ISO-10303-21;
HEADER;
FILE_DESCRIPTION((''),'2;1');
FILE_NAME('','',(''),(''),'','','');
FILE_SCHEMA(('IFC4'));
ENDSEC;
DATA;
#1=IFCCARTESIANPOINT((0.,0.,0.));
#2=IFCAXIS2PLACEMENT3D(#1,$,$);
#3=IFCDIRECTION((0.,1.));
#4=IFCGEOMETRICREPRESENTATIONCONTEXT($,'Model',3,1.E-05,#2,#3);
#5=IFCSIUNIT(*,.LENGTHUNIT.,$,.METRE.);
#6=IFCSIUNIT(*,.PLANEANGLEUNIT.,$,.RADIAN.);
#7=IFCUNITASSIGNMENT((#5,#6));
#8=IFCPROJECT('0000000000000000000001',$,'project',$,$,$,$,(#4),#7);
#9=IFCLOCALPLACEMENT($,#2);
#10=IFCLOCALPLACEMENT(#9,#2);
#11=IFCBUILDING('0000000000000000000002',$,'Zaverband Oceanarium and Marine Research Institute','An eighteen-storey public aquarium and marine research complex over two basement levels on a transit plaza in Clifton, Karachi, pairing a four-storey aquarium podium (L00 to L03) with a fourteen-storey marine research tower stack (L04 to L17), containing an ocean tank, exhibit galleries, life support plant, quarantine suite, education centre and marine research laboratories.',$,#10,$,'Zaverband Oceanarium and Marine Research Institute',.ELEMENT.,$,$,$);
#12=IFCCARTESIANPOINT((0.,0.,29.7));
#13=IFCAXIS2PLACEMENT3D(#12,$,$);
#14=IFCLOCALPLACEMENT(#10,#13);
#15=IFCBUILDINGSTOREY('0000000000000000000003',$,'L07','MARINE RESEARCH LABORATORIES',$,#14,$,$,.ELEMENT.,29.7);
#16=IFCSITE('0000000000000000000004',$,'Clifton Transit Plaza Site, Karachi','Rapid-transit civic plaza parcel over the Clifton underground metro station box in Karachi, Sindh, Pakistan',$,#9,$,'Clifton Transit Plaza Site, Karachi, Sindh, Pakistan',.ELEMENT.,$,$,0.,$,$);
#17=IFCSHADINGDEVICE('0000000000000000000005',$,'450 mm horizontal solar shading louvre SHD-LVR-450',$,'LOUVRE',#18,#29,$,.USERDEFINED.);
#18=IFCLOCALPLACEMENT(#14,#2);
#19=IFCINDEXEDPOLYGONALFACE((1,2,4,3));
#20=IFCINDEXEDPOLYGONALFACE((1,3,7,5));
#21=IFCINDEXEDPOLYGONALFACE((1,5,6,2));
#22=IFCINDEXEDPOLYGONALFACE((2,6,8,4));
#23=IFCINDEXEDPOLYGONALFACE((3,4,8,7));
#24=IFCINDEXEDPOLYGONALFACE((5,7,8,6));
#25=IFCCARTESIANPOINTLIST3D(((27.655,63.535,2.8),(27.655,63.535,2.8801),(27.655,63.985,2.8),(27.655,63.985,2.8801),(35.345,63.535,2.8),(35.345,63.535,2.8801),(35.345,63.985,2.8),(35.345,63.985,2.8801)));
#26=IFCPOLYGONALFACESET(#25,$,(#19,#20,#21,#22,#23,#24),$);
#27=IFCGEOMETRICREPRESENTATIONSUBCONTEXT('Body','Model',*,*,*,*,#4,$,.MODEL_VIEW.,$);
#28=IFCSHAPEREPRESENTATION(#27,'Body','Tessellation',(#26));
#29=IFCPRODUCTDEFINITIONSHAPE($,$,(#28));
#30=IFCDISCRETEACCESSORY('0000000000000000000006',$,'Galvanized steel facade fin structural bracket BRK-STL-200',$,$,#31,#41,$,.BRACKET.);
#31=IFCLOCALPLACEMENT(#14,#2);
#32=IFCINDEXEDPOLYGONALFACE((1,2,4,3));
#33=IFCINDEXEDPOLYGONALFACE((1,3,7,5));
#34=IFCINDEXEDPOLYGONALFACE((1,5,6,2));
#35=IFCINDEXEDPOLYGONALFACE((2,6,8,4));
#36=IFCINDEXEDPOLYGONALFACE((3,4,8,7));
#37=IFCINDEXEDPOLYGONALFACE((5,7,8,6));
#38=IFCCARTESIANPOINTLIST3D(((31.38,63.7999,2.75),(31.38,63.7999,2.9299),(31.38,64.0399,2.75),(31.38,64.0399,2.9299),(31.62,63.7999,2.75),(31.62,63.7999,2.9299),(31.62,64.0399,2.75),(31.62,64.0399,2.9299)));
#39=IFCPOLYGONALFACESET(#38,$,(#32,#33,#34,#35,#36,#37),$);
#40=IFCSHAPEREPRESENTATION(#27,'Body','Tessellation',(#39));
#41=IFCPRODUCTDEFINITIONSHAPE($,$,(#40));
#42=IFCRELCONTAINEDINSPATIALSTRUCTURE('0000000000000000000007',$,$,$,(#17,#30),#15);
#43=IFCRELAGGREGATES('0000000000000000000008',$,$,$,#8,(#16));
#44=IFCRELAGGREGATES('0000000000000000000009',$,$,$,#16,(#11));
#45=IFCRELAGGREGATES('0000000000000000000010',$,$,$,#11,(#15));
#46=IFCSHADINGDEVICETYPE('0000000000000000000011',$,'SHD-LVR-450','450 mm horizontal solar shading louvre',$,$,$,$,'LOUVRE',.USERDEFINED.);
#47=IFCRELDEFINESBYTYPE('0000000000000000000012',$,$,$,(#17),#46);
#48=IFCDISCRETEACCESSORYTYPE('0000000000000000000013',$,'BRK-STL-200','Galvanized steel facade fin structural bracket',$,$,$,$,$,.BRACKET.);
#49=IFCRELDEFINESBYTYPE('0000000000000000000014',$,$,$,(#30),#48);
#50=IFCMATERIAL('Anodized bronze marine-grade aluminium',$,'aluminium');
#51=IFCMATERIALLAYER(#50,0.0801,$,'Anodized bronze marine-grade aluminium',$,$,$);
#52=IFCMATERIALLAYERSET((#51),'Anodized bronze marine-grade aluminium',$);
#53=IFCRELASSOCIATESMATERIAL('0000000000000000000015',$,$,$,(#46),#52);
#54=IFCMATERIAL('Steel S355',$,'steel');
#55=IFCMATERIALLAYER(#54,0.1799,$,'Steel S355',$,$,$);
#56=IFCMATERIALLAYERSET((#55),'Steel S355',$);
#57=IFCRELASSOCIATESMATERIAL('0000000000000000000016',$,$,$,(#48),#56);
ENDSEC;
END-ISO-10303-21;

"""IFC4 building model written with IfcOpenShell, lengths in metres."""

from ifc_helpers import new_model, si_unit, direction, frame, frame_2d, origin, origin_2d, place, context, subcontext, project, spatial, rectangle, extrude, material, layer, layer_set, type_object, element, save


model = new_model("IFC4")

# Units and contexts
model_context = context("Model", 3, precision=1e-05, world=origin(), true_north=direction((0.0, 1.0)))
body_context = subcontext(model_context, "Body", "Model", "MODEL_VIEW")
ifc_project = project(units=[si_unit("LENGTHUNIT", "METRE"), si_unit("PLANEANGLEUNIT", "RADIAN")], contexts=[model_context])

# Site, building, storey
site_placement = place(None, origin())
site = spatial("IfcSite", under=ifc_project, at=site_placement, Name="Clifton Transit Plaza Site, Karachi", Description="Rapid-transit civic plaza parcel over the Clifton underground metro station box in Karachi, Sindh, Pakistan", LongName="Clifton Transit Plaza Site, Karachi, Sindh, Pakistan", CompositionType="ELEMENT", RefElevation=0.0)
building_placement = place(site_placement, origin())
building = spatial("IfcBuilding", under=site, at=building_placement, Name="Zaverband Oceanarium and Marine Research Institute", Description="An eighteen-storey public aquarium and marine research complex over two basement levels on a transit plaza in Clifton, Karachi, pairing a four-storey aquarium podium (L00 to L03) with a fourteen-storey marine research tower stack (L04 to L17), containing an ocean tank, exhibit galleries, life support plant, quarantine suite, education centre and marine research laboratories.", LongName="Zaverband Oceanarium and Marine Research Institute", CompositionType="ELEMENT")
storey_placement = place(building_placement, frame((0.0, 0.0, 29.7)))
storey = spatial("IfcBuildingStorey", under=building, at=storey_placement, Name="L07", Description="MARINE RESEARCH LABORATORIES", CompositionType="ELEMENT", Elevation=29.7)

# Shading device
ifc_material_1 = material(Name="Anodized bronze marine-grade aluminium", Category="aluminium")
ifc_layer_1 = layer(ifc_material_1, 0.0801, Name="Anodized bronze marine-grade aluminium")
ifc_layer_set_1 = layer_set([ifc_layer_1], Name="Anodized bronze marine-grade aluminium")
shading_device_type = type_object("IfcShadingDeviceType", Name="SHD-LVR-450", Description="450 mm horizontal solar shading louvre", ElementType="LOUVRE", PredefinedType="USERDEFINED", material=ifc_layer_set_1)
shading_device_placement = place(storey_placement, frame((27.655, 63.76, 2.8), z_axis=(0.0, 0.0, 1.0), x_axis=(1.0, 0.0, 0.0)))
element("IfcShadingDevice", 1, at=shading_device_placement, inside=storey, type_object=shading_device_type, Name="450 mm horizontal solar shading louvre SHD-LVR-450", ObjectType="LOUVRE", PredefinedType="USERDEFINED", context=body_context, shape_type="SweptSolid", body=[
    extrude(rectangle(XDim=7.6899, YDim=0.45, at=frame_2d((3.845, 0.0))), origin(), (0.0, 0.0, 1.0), 0.0801),
])

# Discrete accessory
ifc_material_2 = material(Name="Steel S355", Category="steel")
ifc_layer_2 = layer(ifc_material_2, 0.1799, Name="Steel S355")
ifc_layer_set_2 = layer_set([ifc_layer_2], Name="Steel S355")
discrete_accessory_type = type_object("IfcDiscreteAccessoryType", Name="BRK-STL-200", Description="Galvanized steel facade fin structural bracket", PredefinedType="BRACKET", material=ifc_layer_set_2)
discrete_accessory_placement = place(storey_placement, frame((31.5, 63.9199, 2.75), z_axis=(0.0, 0.0, 1.0), x_axis=(1.0, 0.0, 0.0)))
element("IfcDiscreteAccessory", 2, at=discrete_accessory_placement, inside=storey, type_object=discrete_accessory_type, Name="Galvanized steel facade fin structural bracket BRK-STL-200", PredefinedType="BRACKET", context=body_context, shape_type="SweptSolid", body=[
    extrude(rectangle(XDim=0.24, YDim=0.24, at=origin_2d()), origin(), (0.0, 0.0, 1.0), 0.1799),
])

save(model, "model.ifc")
